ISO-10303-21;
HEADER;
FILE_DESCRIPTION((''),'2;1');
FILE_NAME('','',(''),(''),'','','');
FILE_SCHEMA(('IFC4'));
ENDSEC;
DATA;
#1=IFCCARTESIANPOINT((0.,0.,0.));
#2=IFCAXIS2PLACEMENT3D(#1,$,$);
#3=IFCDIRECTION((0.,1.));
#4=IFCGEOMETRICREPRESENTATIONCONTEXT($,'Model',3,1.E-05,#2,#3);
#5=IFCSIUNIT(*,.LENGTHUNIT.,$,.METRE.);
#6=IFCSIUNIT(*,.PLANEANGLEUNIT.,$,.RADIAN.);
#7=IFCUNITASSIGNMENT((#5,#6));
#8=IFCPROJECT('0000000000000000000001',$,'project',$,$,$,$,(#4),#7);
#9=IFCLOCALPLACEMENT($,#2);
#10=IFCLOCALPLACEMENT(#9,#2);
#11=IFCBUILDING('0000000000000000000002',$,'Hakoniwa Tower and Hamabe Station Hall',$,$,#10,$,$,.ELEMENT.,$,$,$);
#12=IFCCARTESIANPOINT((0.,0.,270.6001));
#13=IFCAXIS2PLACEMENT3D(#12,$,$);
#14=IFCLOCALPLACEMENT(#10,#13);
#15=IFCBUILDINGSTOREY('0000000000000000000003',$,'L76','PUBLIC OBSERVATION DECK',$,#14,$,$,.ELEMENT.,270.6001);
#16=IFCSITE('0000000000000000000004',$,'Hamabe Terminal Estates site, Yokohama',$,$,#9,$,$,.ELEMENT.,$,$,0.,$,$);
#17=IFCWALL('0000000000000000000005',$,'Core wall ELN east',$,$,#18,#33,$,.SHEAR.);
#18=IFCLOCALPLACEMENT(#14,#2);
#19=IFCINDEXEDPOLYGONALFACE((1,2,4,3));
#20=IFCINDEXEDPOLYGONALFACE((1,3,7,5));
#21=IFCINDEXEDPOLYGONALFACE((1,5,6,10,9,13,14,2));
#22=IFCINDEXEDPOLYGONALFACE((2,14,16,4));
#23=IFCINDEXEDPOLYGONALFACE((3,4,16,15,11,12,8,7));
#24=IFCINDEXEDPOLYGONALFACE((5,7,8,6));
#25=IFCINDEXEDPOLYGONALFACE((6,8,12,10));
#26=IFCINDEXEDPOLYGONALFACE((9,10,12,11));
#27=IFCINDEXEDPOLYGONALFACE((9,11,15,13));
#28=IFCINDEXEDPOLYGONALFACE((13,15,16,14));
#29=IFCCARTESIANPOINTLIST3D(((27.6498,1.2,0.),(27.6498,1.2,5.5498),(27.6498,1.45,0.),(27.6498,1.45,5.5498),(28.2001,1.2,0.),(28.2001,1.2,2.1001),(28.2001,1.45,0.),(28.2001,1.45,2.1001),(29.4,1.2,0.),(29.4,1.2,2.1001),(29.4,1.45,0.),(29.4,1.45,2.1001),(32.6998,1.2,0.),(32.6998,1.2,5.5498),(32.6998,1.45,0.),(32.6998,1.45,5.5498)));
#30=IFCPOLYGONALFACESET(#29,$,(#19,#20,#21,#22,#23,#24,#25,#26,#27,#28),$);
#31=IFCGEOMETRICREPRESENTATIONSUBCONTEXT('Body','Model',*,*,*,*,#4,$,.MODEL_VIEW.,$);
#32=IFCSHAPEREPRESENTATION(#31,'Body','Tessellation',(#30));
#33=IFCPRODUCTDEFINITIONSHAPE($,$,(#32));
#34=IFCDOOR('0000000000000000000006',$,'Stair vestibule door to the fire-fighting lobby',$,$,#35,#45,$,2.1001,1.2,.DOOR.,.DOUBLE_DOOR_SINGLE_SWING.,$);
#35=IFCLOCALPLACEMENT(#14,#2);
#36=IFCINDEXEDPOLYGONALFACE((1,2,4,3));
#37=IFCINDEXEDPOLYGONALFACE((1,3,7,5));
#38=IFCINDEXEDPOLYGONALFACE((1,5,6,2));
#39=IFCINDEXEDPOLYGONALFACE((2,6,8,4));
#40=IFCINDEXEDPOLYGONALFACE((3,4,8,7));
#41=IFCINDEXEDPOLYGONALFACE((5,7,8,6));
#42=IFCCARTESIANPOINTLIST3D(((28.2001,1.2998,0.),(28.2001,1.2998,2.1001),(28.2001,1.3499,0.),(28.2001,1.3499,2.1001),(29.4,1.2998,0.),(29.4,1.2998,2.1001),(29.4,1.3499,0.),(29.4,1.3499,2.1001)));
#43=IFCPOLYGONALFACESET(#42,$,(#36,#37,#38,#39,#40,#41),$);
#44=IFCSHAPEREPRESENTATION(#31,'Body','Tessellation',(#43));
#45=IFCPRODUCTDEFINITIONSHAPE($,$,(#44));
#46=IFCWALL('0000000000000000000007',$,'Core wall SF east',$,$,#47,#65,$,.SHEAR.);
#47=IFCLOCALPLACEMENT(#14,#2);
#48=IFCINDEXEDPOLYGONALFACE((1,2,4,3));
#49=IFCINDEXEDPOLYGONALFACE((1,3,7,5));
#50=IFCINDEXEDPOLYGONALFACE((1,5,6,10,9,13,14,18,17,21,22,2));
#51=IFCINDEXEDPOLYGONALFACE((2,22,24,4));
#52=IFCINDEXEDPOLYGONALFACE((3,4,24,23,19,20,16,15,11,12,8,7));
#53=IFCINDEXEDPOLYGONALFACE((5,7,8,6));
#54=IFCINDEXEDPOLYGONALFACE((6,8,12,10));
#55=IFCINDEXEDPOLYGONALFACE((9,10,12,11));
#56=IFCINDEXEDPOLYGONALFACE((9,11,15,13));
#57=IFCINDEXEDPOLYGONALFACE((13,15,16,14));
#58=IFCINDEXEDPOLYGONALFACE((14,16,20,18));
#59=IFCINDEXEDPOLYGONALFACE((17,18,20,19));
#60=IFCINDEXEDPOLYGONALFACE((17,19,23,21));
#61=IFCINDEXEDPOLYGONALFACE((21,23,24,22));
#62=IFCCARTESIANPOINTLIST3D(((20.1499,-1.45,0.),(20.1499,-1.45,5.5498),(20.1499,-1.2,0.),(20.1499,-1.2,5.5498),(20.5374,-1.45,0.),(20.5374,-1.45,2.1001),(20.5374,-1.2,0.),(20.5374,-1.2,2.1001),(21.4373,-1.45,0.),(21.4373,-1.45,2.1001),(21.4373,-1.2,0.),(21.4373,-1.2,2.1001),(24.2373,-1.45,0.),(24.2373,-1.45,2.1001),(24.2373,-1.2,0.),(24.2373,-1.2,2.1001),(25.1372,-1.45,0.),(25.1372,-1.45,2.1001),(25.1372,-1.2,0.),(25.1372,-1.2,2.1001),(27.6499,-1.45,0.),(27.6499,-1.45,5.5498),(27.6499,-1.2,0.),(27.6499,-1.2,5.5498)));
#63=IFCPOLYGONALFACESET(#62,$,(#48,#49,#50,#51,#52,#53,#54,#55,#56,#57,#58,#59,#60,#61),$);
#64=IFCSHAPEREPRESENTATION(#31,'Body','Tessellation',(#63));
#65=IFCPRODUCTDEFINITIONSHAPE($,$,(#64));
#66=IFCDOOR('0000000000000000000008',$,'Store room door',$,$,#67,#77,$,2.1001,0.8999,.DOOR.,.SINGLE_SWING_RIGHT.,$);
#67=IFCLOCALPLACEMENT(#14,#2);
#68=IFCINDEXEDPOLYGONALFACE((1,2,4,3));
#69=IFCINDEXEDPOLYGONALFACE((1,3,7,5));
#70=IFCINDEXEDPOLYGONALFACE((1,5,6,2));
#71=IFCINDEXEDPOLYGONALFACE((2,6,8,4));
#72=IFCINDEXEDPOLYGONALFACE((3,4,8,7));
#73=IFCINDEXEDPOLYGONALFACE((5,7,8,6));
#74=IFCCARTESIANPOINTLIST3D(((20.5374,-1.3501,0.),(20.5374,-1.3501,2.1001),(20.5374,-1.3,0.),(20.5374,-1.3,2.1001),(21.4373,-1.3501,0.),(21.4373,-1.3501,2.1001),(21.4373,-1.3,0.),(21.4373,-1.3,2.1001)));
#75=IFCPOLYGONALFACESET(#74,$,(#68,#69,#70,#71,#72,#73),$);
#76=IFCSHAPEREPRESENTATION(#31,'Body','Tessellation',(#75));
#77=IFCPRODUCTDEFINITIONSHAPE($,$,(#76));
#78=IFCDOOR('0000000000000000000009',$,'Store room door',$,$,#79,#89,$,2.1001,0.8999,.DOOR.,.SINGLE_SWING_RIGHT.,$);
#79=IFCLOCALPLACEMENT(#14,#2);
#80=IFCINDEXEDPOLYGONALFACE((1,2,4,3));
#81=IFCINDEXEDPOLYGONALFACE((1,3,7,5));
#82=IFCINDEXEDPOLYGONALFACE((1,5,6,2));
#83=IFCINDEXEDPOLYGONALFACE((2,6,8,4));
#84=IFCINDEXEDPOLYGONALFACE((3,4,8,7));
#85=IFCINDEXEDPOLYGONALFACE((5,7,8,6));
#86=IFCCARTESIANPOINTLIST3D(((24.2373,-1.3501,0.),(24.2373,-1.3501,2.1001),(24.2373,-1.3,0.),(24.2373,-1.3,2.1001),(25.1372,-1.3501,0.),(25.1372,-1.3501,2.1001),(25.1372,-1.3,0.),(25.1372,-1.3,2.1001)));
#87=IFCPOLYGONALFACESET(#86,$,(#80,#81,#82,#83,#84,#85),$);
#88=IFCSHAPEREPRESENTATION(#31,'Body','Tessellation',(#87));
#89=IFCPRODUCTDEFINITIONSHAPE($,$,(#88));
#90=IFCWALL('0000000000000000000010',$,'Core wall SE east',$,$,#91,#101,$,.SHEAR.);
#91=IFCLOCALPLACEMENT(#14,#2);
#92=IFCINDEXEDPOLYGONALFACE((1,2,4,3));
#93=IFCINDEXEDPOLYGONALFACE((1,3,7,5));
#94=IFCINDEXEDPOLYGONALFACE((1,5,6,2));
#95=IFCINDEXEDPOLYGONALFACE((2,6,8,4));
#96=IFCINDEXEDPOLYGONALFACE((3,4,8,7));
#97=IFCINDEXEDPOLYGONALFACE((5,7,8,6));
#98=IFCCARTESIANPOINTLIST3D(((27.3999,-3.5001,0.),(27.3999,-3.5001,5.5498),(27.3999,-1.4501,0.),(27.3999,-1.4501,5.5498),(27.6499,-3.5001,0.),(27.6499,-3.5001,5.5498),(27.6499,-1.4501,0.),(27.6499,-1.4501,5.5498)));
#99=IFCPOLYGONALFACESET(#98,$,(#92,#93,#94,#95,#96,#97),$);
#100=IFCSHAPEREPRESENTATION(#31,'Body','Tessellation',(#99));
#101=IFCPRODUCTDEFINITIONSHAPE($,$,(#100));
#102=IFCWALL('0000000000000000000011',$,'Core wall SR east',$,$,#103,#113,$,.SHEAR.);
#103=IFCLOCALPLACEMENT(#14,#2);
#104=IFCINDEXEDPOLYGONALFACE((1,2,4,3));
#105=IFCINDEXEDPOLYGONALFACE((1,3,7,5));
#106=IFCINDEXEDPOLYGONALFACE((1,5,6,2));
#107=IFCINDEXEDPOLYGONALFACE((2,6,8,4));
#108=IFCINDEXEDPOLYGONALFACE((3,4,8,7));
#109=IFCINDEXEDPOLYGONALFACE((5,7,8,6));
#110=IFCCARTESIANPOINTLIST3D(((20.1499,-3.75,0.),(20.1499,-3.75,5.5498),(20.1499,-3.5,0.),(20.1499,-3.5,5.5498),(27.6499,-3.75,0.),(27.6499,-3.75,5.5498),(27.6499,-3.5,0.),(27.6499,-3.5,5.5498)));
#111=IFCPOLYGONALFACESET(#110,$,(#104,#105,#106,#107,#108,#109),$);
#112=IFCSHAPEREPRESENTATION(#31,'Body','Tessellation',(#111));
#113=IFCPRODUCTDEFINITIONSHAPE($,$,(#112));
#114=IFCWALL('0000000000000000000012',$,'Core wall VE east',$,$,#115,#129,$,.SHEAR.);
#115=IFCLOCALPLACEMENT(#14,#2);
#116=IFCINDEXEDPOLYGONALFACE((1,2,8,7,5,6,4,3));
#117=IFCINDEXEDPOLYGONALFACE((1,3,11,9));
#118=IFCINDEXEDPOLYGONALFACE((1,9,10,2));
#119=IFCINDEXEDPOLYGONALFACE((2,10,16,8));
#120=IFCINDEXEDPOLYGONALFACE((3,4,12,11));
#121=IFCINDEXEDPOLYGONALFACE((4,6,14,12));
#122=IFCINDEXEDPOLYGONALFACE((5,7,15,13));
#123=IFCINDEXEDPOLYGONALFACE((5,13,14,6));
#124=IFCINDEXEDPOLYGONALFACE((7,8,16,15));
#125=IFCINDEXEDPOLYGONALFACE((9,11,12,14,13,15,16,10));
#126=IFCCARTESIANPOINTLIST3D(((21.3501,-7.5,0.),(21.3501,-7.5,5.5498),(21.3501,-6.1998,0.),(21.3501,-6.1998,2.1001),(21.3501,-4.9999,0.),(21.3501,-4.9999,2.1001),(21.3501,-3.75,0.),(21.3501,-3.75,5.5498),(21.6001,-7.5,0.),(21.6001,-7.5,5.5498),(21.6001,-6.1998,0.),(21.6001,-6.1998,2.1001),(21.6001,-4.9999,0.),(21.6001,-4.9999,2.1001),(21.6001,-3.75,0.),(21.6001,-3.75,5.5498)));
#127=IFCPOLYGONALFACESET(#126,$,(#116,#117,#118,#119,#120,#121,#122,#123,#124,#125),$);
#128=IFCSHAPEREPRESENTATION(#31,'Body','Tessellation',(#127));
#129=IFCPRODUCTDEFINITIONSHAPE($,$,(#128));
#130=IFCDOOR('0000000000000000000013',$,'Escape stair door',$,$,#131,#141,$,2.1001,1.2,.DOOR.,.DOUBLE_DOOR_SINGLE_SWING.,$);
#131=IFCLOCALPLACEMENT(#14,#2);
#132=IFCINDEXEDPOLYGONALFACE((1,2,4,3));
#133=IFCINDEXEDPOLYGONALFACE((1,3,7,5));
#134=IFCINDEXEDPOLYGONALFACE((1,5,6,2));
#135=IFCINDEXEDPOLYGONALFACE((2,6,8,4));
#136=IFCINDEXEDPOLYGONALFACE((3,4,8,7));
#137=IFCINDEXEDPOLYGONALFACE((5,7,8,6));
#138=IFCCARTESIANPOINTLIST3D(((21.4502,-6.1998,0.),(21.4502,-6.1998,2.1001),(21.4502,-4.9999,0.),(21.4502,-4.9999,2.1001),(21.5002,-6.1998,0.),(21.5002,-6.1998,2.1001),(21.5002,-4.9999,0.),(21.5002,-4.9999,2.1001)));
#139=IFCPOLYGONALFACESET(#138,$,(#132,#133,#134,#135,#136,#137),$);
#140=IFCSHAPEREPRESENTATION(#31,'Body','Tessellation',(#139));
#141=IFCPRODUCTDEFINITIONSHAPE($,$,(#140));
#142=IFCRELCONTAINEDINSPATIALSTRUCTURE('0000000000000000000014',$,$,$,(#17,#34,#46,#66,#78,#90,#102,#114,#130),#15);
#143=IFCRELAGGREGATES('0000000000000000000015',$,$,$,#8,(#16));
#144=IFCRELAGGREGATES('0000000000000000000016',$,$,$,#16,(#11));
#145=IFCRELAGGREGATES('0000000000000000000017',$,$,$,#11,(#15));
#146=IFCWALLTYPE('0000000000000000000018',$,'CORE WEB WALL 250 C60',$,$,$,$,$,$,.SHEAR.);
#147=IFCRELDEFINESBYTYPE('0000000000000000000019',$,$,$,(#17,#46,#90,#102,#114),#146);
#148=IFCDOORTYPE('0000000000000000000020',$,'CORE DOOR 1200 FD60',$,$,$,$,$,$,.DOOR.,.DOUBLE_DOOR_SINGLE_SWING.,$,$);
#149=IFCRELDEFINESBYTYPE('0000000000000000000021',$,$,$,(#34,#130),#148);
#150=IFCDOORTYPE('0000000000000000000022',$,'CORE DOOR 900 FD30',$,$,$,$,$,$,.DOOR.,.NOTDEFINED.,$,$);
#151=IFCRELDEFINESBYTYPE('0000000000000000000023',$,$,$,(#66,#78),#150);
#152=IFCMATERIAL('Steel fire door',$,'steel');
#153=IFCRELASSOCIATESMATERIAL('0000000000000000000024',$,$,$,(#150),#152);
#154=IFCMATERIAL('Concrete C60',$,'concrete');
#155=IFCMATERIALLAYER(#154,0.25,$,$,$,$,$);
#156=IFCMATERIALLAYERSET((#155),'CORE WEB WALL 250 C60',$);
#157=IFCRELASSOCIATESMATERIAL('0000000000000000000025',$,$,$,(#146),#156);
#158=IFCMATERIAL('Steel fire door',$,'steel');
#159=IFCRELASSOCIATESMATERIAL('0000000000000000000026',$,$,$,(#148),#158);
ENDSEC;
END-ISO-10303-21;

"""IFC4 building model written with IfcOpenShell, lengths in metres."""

from ifc_helpers import new_model, si_unit, direction, frame, frame_2d, origin, place, context, subcontext, project, spatial, rectangle, extrude, material, layer, layer_set, type_object, element, fill, save


model = new_model("IFC4")

# Units and contexts
model_context = context("Model", 3, precision=1e-05, world=origin(), true_north=direction((0.0, 1.0)))
body_context = subcontext(model_context, "Body", "Model", "MODEL_VIEW")
ifc_project = project(units=[si_unit("LENGTHUNIT", "METRE"), si_unit("PLANEANGLEUNIT", "RADIAN")], contexts=[model_context])

# Site, building, storey
site_placement = place(None, origin())
site = spatial("IfcSite", under=ifc_project, at=site_placement, Name="Hamabe Terminal Estates site, Yokohama", CompositionType="ELEMENT", RefElevation=0.0)
building_placement = place(site_placement, origin())
building = spatial("IfcBuilding", under=site, at=building_placement, Name="Hakoniwa Tower and Hamabe Station Hall", CompositionType="ELEMENT")
storey_placement = place(building_placement, frame((0.0, 0.0, 270.6001)))
storey = spatial("IfcBuildingStorey", under=building, at=storey_placement, Name="L76", Description="PUBLIC OBSERVATION DECK", CompositionType="ELEMENT", Elevation=270.6001)

# Shared definitions
ifc_material_1 = material(Name="Steel fire door", Category="steel")
door_type_1 = type_object("IfcDoorType", Name="CORE DOOR 900 FD30", OperationType="NOTDEFINED", PredefinedType="DOOR", material=ifc_material_1)

# Wall, opening, door
ifc_material_2 = material(Name="Concrete C60", Category="concrete")
ifc_layer_1 = layer(ifc_material_2, 0.25)
ifc_layer_set_1 = layer_set([ifc_layer_1], Name="CORE WEB WALL 250 C60")
wall_type_1 = type_object("IfcWallType", Name="CORE WEB WALL 250 C60", PredefinedType="SHEAR", material=ifc_layer_set_1)
wall_1_placement = place(storey_placement, frame((27.6499, 1.325, 0.0), z_axis=(0.0, 0.0, 1.0), x_axis=(1.0, 0.0, 0.0)))
wall_1 = element("IfcWall", 1, at=wall_1_placement, inside=storey, type_object=wall_type_1, Name="Core wall ELN east", PredefinedType="SHEAR", context=body_context, shape_type="SweptSolid", body=[
    extrude(rectangle(XDim=5.05, YDim=0.25, at=frame_2d((2.5249, 0.0))), origin(), (0.0, 0.0, 1.0), 5.5498),
])
opening_1_placement = place(wall_1_placement, frame((0.55, 0.0, 0.0)))
opening_1 = element("IfcOpeningElement", 2, at=opening_1_placement, cuts=wall_1, PredefinedType="OPENING", context=body_context, shape_type="SweptSolid", body=[
    extrude(rectangle(XDim=1.2, YDim=2.1001, at=frame_2d((0.6001, 1.05))), frame((0.0, 0.135, 0.0), z_axis=(0.0, -1.0, 0.0), x_axis=(1.0, 0.0, 0.0)), (0.0, 0.0, 1.0), 0.27),
])
ifc_material_3 = material(Name="Steel fire door", Category="steel")
door_type_2 = type_object("IfcDoorType", Name="CORE DOOR 1200 FD60", OperationType="DOUBLE_DOOR_SINGLE_SWING", PredefinedType="DOOR", material=ifc_material_3)
door_1_placement = place(opening_1_placement, origin())
door_1 = element("IfcDoor", 3, at=door_1_placement, inside=storey, type_object=door_type_2, Name="Stair vestibule door to the fire-fighting lobby", OperationType="DOUBLE_DOOR_SINGLE_SWING", OverallHeight=2.1001, OverallWidth=1.2, PredefinedType="DOOR", context=body_context, shape_type="SweptSolid", body=[
    extrude(rectangle(XDim=1.2, YDim=2.1001, at=frame_2d((0.6001, 1.05))), frame((0.0, 0.0249, 0.0), z_axis=(0.0, -1.0, 0.0), x_axis=(1.0, 0.0, 0.0)), (0.0, 0.0, 1.0), 0.05),
])
fill(opening_1, door_1)

# Wall, openings, doors
wall_2_placement = place(storey_placement, frame((20.1499, -1.325, 0.0), z_axis=(0.0, 0.0, 1.0), x_axis=(1.0, 0.0, 0.0)))
wall_2 = element("IfcWall", 4, at=wall_2_placement, inside=storey, type_object=wall_type_1, Name="Core wall SF east", PredefinedType="SHEAR", context=body_context, shape_type="SweptSolid", body=[
    extrude(rectangle(XDim=7.5, YDim=0.25, at=frame_2d((3.75, 0.0))), origin(), (0.0, 0.0, 1.0), 5.5498),
])
opening_2_placement = place(wall_2_placement, frame((0.3875, 0.0, 0.0)))
opening_2 = element("IfcOpeningElement", 5, at=opening_2_placement, cuts=wall_2, PredefinedType="OPENING", context=body_context, shape_type="SweptSolid", body=[
    extrude(rectangle(XDim=0.8999, YDim=2.1001, at=frame_2d((0.45, 1.05))), frame((0.0, 0.135, 0.0), z_axis=(0.0, -1.0, 0.0), x_axis=(1.0, 0.0, 0.0)), (0.0, 0.0, 1.0), 0.27),
])
opening_3_placement = place(wall_2_placement, frame((4.0874, 0.0, 0.0)))
opening_3 = element("IfcOpeningElement", 6, at=opening_3_placement, cuts=wall_2, PredefinedType="OPENING", context=body_context, shape_type="SweptSolid", body=[
    extrude(rectangle(XDim=0.8999, YDim=2.1001, at=frame_2d((0.45, 1.05))), frame((0.0, 0.135, 0.0), z_axis=(0.0, -1.0, 0.0), x_axis=(1.0, 0.0, 0.0)), (0.0, 0.0, 1.0), 0.27),
])
door_2_placement = place(opening_2_placement, origin())
door_2 = element("IfcDoor", 7, at=door_2_placement, inside=storey, type_object=door_type_1, Name="Store room door", OperationType="SINGLE_SWING_RIGHT", OverallHeight=2.1001, OverallWidth=0.8999, PredefinedType="DOOR", context=body_context, shape_type="SweptSolid", body=[
    extrude(rectangle(XDim=0.8999, YDim=2.1001, at=frame_2d((0.45, 1.05))), frame((0.0, 0.0249, 0.0), z_axis=(0.0, -1.0, 0.0), x_axis=(1.0, 0.0, 0.0)), (0.0, 0.0, 1.0), 0.05),
])
fill(opening_2, door_2)
door_3_placement = place(opening_3_placement, origin())
door_3 = element("IfcDoor", 8, at=door_3_placement, inside=storey, type_object=door_type_1, Name="Store room door", OperationType="SINGLE_SWING_RIGHT", OverallHeight=2.1001, OverallWidth=0.8999, PredefinedType="DOOR", context=body_context, shape_type="SweptSolid", body=[
    extrude(rectangle(XDim=0.8999, YDim=2.1001, at=frame_2d((0.45, 1.05))), frame((0.0, 0.0249, 0.0), z_axis=(0.0, -1.0, 0.0), x_axis=(1.0, 0.0, 0.0)), (0.0, 0.0, 1.0), 0.05),
])
fill(opening_3, door_3)

# Walls
wall_3_placement = place(storey_placement, frame((27.5249, -3.5, 0.0), z_axis=(0.0, 0.0, 1.0), x_axis=(0.0, 1.0, 0.0)))
element("IfcWall", 9, at=wall_3_placement, inside=storey, type_object=wall_type_1, Name="Core wall SE east", PredefinedType="SHEAR", context=body_context, shape_type="SweptSolid", body=[
    extrude(rectangle(XDim=2.05, YDim=0.25, at=frame_2d((1.0249, 0.0))), origin(), (0.0, 0.0, 1.0), 5.5498),
])
wall_4_placement = place(storey_placement, frame((20.1499, -3.625, 0.0), z_axis=(0.0, 0.0, 1.0), x_axis=(1.0, 0.0, 0.0)))
element("IfcWall", 10, at=wall_4_placement, inside=storey, type_object=wall_type_1, Name="Core wall SR east", PredefinedType="SHEAR", context=body_context, shape_type="SweptSolid", body=[
    extrude(rectangle(XDim=7.5, YDim=0.25, at=frame_2d((3.75, 0.0))), origin(), (0.0, 0.0, 1.0), 5.5498),
])

# Wall, opening, door
wall_5_placement = place(storey_placement, frame((21.4751, -7.5, 0.0), z_axis=(0.0, 0.0, 1.0), x_axis=(0.0, 1.0, 0.0)))
wall_5 = element("IfcWall", 11, at=wall_5_placement, inside=storey, type_object=wall_type_1, Name="Core wall VE east", PredefinedType="SHEAR", context=body_context, shape_type="SweptSolid", body=[
    extrude(rectangle(XDim=3.75, YDim=0.25, at=frame_2d((1.875, 0.0))), origin(), (0.0, 0.0, 1.0), 5.5498),
])
opening_4_placement = place(wall_5_placement, frame((1.3, 0.0, 0.0)))
opening_4 = element("IfcOpeningElement", 12, at=opening_4_placement, cuts=wall_5, PredefinedType="OPENING", context=body_context, shape_type="SweptSolid", body=[
    extrude(rectangle(XDim=1.2, YDim=2.1001, at=frame_2d((0.6001, 1.05))), frame((0.0, 0.135, 0.0), z_axis=(0.0, -1.0, 0.0), x_axis=(1.0, 0.0, 0.0)), (0.0, 0.0, 1.0), 0.27),
])
door_4_placement = place(opening_4_placement, origin())
door_4 = element("IfcDoor", 13, at=door_4_placement, inside=storey, type_object=door_type_2, Name="Escape stair door", OperationType="DOUBLE_DOOR_SINGLE_SWING", OverallHeight=2.1001, OverallWidth=1.2, PredefinedType="DOOR", context=body_context, shape_type="SweptSolid", body=[
    extrude(rectangle(XDim=1.2, YDim=2.1001, at=frame_2d((0.6001, 1.05))), frame((0.0, 0.0249, 0.0), z_axis=(0.0, -1.0, 0.0), x_axis=(1.0, 0.0, 0.0)), (0.0, 0.0, 1.0), 0.05),
])
fill(opening_4, door_4)

save(model, "model.ifc")
